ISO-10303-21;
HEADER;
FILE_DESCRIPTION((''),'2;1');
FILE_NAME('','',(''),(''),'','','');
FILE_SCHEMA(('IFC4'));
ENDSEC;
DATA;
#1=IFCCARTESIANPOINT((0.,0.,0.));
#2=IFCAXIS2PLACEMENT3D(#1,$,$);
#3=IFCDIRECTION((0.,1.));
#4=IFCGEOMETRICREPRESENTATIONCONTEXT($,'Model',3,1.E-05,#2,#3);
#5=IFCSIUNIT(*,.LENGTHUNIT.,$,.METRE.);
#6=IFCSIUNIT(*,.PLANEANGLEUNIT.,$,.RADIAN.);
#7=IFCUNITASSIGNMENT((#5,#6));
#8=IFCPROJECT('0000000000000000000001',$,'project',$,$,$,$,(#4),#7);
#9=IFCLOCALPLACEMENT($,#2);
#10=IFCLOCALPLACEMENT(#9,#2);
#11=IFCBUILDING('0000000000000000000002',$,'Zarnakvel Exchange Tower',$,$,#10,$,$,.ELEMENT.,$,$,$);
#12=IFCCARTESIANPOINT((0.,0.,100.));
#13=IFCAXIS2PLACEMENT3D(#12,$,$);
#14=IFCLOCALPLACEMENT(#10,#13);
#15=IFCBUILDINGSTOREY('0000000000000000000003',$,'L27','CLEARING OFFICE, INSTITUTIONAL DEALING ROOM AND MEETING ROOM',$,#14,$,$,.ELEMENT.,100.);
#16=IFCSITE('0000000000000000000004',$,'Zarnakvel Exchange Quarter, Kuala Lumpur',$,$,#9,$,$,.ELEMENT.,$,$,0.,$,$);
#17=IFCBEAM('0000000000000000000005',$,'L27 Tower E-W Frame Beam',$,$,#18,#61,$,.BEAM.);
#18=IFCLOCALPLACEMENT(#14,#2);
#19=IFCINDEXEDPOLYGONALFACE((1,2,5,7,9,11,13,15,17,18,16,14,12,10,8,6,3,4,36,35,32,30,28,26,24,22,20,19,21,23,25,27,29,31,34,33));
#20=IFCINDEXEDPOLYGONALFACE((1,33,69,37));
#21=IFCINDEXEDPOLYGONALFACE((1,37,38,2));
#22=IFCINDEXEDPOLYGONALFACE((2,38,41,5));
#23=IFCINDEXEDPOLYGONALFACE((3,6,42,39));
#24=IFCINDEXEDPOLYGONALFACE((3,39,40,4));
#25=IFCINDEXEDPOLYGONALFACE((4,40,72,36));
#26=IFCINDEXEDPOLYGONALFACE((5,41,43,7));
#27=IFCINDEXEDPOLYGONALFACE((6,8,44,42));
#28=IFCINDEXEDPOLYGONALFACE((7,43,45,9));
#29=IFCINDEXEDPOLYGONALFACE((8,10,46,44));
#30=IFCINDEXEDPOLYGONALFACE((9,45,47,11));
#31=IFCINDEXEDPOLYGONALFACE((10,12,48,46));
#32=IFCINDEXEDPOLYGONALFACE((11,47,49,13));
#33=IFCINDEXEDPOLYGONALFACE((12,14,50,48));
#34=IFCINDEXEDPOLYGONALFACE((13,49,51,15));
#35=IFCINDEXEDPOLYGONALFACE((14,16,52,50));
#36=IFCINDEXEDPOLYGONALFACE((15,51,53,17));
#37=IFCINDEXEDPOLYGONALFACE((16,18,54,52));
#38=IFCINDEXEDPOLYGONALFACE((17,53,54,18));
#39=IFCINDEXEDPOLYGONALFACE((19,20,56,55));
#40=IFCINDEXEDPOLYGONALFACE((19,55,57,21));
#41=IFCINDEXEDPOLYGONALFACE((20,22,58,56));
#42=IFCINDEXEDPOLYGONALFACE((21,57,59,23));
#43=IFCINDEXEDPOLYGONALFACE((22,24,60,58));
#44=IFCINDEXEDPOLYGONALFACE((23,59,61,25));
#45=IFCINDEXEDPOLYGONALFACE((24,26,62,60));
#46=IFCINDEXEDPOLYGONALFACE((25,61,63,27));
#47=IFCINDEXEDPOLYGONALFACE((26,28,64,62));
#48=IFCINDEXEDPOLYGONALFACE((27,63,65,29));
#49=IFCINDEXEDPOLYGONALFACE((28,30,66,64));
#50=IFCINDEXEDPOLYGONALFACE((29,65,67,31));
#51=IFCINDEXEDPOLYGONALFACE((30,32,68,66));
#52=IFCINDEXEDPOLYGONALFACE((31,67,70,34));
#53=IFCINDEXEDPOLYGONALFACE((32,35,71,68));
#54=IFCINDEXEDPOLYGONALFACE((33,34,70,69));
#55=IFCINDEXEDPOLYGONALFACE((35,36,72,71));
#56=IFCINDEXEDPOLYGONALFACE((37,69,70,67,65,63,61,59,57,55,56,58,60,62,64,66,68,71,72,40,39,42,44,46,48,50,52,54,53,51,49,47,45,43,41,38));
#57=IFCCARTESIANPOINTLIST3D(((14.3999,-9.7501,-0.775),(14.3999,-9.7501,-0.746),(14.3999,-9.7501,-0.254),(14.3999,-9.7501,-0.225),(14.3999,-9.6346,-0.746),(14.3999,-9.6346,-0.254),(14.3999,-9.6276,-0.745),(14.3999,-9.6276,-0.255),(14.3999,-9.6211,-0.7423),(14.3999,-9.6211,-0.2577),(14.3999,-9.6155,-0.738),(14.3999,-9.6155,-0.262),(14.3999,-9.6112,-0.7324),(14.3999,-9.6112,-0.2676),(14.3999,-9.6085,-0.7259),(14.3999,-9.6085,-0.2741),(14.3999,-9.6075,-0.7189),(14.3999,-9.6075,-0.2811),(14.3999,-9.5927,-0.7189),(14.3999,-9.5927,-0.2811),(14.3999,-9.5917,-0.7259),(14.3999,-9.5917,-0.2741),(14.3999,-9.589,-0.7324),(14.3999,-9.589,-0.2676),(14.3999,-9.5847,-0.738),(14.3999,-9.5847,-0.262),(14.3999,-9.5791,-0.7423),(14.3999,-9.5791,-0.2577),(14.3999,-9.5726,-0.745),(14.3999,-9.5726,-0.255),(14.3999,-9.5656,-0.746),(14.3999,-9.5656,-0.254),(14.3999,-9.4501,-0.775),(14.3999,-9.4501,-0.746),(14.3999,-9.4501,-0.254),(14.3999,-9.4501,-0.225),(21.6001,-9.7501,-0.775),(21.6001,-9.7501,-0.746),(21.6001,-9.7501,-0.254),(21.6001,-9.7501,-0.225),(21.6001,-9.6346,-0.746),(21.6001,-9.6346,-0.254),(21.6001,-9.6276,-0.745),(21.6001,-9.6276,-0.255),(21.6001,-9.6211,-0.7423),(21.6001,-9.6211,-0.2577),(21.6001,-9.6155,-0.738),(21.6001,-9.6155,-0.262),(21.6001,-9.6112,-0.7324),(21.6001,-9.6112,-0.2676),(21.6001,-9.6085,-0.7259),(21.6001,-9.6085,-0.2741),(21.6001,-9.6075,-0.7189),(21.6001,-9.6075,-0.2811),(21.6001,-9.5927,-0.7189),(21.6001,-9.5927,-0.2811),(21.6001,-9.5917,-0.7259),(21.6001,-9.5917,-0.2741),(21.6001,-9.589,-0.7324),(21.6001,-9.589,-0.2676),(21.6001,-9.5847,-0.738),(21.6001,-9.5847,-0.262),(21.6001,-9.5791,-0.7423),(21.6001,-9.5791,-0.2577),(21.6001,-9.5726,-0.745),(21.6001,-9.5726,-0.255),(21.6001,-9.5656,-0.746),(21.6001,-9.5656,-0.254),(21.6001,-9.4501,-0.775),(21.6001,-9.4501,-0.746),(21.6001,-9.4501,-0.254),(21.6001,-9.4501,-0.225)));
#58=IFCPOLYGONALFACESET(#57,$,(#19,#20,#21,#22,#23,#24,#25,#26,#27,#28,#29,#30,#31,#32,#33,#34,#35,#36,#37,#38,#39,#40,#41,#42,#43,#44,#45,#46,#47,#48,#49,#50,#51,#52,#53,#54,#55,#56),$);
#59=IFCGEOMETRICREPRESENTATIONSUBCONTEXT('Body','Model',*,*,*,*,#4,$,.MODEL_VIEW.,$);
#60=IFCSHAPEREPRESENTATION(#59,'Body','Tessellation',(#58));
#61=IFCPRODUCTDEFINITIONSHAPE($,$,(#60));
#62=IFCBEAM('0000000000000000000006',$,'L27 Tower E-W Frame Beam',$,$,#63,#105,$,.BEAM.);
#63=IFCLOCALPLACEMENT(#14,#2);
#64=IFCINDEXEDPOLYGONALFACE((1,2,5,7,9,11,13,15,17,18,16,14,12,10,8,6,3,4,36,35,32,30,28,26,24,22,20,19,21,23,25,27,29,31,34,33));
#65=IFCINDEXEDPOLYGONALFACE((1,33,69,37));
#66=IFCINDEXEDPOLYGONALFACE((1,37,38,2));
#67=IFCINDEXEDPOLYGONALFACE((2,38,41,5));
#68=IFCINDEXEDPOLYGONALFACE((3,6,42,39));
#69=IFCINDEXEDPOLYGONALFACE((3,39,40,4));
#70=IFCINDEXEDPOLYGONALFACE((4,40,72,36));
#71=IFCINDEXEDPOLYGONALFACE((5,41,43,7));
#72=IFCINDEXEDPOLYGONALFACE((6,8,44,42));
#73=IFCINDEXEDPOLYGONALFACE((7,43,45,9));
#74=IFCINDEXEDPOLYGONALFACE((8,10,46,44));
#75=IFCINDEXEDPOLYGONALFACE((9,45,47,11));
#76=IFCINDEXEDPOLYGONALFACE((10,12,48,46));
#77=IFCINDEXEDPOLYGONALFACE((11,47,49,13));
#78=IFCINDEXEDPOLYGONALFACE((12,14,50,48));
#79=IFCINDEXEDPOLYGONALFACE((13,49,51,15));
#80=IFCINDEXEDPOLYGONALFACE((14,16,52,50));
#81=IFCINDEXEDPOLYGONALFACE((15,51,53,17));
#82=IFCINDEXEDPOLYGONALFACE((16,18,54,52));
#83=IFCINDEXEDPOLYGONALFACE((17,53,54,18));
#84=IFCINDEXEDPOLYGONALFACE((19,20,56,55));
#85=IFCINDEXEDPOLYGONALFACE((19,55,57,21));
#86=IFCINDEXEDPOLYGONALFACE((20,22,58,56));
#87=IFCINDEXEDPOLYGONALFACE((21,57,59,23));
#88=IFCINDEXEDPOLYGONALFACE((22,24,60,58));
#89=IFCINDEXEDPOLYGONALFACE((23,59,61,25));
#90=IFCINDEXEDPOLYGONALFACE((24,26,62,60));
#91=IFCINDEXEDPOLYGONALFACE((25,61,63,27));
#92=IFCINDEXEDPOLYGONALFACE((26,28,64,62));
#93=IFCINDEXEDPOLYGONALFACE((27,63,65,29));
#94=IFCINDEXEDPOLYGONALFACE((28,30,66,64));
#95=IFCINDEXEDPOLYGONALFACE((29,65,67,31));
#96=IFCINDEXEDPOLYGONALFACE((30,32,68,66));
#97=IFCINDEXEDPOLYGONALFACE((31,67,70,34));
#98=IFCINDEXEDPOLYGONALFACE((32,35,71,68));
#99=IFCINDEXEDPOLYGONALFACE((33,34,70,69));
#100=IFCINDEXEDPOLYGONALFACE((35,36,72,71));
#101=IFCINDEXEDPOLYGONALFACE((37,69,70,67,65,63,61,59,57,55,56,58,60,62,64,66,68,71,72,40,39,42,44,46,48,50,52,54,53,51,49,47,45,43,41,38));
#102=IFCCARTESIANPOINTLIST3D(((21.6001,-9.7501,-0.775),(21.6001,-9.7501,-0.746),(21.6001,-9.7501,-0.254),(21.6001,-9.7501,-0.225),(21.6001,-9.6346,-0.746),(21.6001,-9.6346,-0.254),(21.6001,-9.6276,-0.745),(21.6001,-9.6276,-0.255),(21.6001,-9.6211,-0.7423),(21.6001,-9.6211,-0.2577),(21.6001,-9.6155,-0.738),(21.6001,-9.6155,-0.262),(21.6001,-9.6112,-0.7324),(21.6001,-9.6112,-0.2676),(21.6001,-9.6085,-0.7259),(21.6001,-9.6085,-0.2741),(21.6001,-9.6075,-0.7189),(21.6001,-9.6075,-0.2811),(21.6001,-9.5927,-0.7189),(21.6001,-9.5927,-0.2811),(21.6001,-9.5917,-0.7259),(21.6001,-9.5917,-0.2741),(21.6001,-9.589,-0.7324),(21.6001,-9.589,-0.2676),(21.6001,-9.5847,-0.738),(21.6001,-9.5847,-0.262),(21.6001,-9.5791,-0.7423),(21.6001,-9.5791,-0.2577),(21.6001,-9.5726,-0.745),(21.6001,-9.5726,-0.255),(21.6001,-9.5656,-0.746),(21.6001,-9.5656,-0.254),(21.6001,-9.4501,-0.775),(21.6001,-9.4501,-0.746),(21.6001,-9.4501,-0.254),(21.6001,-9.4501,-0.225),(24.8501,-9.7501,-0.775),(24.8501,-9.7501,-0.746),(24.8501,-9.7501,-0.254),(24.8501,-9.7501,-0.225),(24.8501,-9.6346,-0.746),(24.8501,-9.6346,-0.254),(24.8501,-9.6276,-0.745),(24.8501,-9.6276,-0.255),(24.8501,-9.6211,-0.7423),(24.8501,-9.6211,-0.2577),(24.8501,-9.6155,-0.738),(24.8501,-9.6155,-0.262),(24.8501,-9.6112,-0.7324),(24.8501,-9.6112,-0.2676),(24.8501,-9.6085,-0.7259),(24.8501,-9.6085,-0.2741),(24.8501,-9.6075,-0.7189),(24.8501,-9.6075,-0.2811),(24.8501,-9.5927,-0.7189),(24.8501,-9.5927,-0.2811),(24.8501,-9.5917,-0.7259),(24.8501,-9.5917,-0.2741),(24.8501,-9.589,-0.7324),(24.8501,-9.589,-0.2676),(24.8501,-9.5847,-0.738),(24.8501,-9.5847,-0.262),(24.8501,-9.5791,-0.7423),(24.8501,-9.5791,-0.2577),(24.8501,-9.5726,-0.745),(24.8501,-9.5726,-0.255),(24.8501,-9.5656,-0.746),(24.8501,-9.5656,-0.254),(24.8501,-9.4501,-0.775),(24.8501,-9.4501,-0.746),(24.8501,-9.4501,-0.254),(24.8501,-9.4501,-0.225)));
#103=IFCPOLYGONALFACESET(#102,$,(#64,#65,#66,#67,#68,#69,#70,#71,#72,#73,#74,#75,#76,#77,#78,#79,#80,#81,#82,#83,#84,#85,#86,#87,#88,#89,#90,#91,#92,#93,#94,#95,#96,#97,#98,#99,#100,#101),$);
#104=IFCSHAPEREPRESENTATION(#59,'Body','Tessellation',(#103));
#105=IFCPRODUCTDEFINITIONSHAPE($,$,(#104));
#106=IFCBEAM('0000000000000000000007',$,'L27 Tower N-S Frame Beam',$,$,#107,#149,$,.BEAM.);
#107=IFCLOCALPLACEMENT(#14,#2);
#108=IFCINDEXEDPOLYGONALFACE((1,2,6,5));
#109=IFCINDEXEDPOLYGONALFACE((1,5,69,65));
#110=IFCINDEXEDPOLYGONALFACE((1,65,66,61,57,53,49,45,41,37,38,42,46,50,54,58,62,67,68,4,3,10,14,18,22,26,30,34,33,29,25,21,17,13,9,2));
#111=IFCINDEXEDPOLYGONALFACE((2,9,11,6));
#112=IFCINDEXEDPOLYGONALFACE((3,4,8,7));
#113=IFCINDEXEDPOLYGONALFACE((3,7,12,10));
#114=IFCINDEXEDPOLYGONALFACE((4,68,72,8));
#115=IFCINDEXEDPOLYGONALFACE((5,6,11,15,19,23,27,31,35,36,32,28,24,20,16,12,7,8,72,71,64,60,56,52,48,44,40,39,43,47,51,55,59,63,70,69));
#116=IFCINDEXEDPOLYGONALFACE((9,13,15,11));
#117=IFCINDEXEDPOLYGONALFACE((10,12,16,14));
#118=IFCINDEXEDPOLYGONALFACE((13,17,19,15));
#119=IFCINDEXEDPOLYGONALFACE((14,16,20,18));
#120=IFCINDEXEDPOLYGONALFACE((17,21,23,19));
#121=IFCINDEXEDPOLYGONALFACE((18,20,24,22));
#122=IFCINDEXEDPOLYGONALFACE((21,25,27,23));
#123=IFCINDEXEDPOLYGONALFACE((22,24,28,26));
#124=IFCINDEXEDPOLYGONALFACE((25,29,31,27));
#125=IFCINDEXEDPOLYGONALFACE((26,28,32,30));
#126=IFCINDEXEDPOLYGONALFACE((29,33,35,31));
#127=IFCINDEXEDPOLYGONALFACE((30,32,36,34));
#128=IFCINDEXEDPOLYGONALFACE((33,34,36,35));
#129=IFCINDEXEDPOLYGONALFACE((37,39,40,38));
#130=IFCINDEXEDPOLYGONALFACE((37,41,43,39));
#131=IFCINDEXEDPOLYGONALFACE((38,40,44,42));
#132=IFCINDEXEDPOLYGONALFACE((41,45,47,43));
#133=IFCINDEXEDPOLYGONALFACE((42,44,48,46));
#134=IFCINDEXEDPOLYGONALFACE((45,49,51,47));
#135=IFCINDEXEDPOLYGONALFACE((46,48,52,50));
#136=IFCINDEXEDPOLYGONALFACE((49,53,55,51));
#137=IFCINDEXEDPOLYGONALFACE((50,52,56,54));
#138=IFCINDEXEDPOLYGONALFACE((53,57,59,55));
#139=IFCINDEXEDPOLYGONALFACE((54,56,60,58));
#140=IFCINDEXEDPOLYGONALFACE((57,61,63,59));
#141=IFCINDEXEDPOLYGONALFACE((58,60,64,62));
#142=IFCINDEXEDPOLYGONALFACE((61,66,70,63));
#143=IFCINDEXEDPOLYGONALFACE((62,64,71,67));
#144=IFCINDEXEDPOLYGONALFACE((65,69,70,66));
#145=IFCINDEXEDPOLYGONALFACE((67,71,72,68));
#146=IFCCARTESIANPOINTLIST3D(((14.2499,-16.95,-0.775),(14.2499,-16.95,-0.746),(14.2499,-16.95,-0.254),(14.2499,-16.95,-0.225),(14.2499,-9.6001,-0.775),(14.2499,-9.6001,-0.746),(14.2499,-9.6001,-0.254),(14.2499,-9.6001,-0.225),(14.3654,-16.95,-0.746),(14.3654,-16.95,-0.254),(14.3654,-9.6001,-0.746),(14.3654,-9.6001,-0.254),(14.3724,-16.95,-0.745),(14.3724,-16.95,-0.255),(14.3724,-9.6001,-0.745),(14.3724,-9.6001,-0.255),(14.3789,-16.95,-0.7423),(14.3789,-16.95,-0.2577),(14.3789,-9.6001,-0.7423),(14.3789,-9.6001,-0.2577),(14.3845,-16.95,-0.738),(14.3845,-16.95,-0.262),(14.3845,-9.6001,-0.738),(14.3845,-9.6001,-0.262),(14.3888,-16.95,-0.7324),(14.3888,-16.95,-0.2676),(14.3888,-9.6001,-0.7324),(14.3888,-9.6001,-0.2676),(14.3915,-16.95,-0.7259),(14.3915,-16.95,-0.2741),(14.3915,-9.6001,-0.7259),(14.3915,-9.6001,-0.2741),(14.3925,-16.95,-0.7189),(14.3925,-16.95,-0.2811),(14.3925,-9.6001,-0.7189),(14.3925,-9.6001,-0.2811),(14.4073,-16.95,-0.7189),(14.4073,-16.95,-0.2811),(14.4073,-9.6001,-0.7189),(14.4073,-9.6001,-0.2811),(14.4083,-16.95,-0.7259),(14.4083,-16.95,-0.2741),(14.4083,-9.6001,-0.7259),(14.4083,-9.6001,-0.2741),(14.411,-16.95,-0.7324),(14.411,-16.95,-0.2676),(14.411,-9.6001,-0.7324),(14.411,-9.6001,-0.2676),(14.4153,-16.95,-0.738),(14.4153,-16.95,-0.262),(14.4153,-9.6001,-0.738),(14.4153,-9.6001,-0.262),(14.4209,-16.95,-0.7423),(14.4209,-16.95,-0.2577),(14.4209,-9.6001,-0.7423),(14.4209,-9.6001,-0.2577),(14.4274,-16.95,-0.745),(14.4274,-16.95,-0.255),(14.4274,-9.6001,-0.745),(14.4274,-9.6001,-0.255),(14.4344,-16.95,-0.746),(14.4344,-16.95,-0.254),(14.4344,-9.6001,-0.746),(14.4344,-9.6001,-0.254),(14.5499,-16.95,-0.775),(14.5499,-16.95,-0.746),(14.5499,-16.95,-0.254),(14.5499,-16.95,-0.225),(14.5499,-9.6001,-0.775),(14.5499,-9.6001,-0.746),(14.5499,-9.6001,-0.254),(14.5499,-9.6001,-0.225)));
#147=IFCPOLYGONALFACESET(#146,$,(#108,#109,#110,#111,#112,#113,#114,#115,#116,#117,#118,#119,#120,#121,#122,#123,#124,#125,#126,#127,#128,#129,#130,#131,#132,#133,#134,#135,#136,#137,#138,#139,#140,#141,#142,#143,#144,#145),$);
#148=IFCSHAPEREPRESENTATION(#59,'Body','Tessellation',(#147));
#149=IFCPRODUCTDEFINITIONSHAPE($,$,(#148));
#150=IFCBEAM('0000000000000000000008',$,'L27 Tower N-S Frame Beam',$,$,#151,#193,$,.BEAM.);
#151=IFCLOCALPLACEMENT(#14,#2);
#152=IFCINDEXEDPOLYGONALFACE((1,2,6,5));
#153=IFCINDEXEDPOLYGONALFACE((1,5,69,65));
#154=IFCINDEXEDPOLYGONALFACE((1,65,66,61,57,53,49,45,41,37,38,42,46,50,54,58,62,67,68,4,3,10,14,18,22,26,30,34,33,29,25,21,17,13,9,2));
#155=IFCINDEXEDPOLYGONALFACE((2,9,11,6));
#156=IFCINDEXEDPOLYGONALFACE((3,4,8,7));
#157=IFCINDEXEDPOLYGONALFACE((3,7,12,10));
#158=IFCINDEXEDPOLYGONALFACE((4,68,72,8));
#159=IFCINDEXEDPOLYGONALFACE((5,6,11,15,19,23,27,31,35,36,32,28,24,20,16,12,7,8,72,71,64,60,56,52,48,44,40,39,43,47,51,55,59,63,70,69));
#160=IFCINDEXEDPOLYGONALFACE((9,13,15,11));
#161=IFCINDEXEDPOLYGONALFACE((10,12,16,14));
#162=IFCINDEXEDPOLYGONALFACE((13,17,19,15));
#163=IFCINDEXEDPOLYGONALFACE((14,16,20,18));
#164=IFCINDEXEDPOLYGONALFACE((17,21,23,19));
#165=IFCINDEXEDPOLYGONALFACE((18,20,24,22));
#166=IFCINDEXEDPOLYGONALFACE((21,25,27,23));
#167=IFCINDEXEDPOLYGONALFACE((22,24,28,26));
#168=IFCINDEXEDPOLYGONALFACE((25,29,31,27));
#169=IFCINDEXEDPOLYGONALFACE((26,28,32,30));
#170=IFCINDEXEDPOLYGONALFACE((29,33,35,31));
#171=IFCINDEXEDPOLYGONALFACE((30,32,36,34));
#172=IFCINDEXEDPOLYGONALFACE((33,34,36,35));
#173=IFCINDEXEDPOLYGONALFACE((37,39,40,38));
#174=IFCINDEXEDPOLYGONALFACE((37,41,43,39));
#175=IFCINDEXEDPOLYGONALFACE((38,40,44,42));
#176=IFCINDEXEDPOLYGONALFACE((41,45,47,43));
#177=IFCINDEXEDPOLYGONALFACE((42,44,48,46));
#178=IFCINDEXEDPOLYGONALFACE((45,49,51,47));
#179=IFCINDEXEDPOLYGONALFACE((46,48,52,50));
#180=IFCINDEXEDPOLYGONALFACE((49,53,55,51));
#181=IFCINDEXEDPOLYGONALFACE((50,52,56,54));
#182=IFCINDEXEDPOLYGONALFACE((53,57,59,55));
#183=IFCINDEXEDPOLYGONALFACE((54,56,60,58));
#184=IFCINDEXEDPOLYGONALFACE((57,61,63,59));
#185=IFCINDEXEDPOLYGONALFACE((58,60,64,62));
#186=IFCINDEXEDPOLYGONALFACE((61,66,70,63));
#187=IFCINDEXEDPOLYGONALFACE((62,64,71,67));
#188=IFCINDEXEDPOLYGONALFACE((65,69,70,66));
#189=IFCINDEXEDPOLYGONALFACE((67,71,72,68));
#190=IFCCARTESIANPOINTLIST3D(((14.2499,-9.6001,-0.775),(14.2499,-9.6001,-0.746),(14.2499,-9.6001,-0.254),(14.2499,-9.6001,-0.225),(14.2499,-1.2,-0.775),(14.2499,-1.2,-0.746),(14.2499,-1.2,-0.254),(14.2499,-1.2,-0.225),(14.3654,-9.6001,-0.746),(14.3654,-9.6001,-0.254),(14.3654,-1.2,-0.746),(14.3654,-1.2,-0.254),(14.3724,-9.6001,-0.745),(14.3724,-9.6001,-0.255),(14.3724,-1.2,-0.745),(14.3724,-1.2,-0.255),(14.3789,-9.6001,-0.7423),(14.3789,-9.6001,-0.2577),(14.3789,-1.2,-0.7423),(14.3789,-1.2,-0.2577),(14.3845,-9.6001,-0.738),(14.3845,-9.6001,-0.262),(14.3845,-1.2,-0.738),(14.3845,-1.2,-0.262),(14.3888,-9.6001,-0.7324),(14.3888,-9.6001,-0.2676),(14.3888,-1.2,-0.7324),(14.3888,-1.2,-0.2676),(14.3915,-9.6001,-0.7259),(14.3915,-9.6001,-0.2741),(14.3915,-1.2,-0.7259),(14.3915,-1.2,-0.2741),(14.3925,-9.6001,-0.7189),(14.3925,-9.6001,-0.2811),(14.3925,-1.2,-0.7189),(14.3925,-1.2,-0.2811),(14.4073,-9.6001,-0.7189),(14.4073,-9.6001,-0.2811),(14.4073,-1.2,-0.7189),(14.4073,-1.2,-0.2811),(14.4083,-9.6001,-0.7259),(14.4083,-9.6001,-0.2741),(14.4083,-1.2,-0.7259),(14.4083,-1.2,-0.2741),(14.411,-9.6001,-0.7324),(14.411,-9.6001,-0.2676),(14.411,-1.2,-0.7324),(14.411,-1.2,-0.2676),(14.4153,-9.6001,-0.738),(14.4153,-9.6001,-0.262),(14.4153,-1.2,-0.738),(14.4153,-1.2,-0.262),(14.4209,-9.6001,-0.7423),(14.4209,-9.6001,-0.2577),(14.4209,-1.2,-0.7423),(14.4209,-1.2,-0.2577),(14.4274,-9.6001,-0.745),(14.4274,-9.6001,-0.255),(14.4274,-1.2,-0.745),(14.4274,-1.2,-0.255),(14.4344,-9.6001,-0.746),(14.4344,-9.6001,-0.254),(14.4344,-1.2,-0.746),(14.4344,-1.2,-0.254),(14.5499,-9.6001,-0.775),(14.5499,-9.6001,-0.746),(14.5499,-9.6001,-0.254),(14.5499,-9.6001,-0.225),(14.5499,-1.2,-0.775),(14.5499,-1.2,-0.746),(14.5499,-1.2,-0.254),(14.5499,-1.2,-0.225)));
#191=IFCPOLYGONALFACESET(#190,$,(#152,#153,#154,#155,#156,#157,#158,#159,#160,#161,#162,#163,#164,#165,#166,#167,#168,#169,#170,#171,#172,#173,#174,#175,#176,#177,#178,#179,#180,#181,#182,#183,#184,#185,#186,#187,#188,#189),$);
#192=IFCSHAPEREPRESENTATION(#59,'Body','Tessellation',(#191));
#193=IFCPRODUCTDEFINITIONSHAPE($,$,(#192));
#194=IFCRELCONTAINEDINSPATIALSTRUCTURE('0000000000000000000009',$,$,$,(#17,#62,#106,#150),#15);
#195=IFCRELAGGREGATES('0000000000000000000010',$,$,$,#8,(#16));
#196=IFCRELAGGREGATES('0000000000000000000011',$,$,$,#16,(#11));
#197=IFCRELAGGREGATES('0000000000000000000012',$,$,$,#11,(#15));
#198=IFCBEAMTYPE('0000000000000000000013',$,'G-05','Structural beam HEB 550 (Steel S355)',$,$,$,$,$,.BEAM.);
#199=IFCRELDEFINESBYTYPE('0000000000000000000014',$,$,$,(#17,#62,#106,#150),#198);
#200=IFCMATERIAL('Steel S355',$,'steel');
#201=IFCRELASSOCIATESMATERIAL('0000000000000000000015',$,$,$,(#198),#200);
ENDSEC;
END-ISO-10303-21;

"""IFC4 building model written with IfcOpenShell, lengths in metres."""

from ifc_helpers import new_model, si_unit, direction, frame, origin, origin_2d, place, context, subcontext, project, spatial, i_section, extrude, material, material_profile, profile_set, type_object, element, save


model = new_model("IFC4")

# Units and contexts
model_context = context("Model", 3, precision=1e-05, world=origin(), true_north=direction((0.0, 1.0)))
body_context = subcontext(model_context, "Body", "Model", "MODEL_VIEW")
ifc_project = project(units=[si_unit("LENGTHUNIT", "METRE"), si_unit("PLANEANGLEUNIT", "RADIAN")], contexts=[model_context])

# Site, building, storey
site_placement = place(None, origin())
site = spatial("IfcSite", under=ifc_project, at=site_placement, Name="Zarnakvel Exchange Quarter, Kuala Lumpur", CompositionType="ELEMENT", RefElevation=0.0)
building_placement = place(site_placement, origin())
building = spatial("IfcBuilding", under=site, at=building_placement, Name="Zarnakvel Exchange Tower", CompositionType="ELEMENT")
storey_placement = place(building_placement, frame((0.0, 0.0, 100.0)))
storey = spatial("IfcBuildingStorey", under=building, at=storey_placement, Name="L27", Description="CLEARING OFFICE, INSTITUTIONAL DEALING ROOM AND MEETING ROOM", CompositionType="ELEMENT", Elevation=100.0)

# Shared definitions
ifc_material_1 = material(Name="Steel S355", Category="steel")

# Beams
ifc_material_profile_1 = material_profile(ifc_material_1, i_section(OverallWidth=0.3, OverallDepth=0.55, WebThickness=0.0149, FlangeThickness=0.0291, FilletRadius=0.0271, at=origin_2d()))
ifc_profile_set_1 = profile_set([ifc_material_profile_1], Name="Steel S355")
beam_type_1 = type_object("IfcBeamType", Name="G-05", Description="Structural beam HEB 550 (Steel S355)", PredefinedType="BEAM", material=ifc_profile_set_1)
beam_1_placement = place(storey_placement, frame((14.3999, -9.6001, -0.5), z_axis=(1.0, 0.0, 0.0), x_axis=(0.0, 1.0, 0.0)))
element("IfcBeam", 1, at=beam_1_placement, inside=storey, type_object=beam_type_1, Name="L27 Tower E-W Frame Beam", PredefinedType="BEAM", context=body_context, shape_type="SweptSolid", body=[
    extrude(i_section(OverallWidth=0.3, OverallDepth=0.55, WebThickness=0.0149, FlangeThickness=0.0291, FilletRadius=0.0271, at=origin_2d()), origin(), (0.0, 0.0, 1.0), 7.2002),
])
beam_2_placement = place(storey_placement, frame((21.6001, -9.6001, -0.5), z_axis=(1.0, 0.0, 0.0), x_axis=(0.0, 1.0, 0.0)))
element("IfcBeam", 2, at=beam_2_placement, inside=storey, type_object=beam_type_1, Name="L27 Tower E-W Frame Beam", PredefinedType="BEAM", context=body_context, shape_type="SweptSolid", body=[
    extrude(i_section(OverallWidth=0.3, OverallDepth=0.55, WebThickness=0.0149, FlangeThickness=0.0291, FilletRadius=0.0271, at=origin_2d()), origin(), (0.0, 0.0, 1.0), 3.25),
])
beam_3_placement = place(storey_placement, frame((14.3999, -16.95, -0.5), z_axis=(0.0, 1.0, 0.0), x_axis=(-1.0, 0.0, 0.0)))
element("IfcBeam", 3, at=beam_3_placement, inside=storey, type_object=beam_type_1, Name="L27 Tower N-S Frame Beam", PredefinedType="BEAM", context=body_context, shape_type="SweptSolid", body=[
    extrude(i_section(OverallWidth=0.3, OverallDepth=0.55, WebThickness=0.0149, FlangeThickness=0.0291, FilletRadius=0.0271, at=origin_2d()), origin(), (0.0, 0.0, 1.0), 7.3499),
])
beam_4_placement = place(storey_placement, frame((14.3999, -9.6001, -0.5), z_axis=(0.0, 1.0, 0.0), x_axis=(-1.0, 0.0, 0.0)))
element("IfcBeam", 4, at=beam_4_placement, inside=storey, type_object=beam_type_1, Name="L27 Tower N-S Frame Beam", PredefinedType="BEAM", context=body_context, shape_type="SweptSolid", body=[
    extrude(i_section(OverallWidth=0.3, OverallDepth=0.55, WebThickness=0.0149, FlangeThickness=0.0291, FilletRadius=0.0271, at=origin_2d()), origin(), (0.0, 0.0, 1.0), 8.4001),
])

save(model, "model.ifc")
